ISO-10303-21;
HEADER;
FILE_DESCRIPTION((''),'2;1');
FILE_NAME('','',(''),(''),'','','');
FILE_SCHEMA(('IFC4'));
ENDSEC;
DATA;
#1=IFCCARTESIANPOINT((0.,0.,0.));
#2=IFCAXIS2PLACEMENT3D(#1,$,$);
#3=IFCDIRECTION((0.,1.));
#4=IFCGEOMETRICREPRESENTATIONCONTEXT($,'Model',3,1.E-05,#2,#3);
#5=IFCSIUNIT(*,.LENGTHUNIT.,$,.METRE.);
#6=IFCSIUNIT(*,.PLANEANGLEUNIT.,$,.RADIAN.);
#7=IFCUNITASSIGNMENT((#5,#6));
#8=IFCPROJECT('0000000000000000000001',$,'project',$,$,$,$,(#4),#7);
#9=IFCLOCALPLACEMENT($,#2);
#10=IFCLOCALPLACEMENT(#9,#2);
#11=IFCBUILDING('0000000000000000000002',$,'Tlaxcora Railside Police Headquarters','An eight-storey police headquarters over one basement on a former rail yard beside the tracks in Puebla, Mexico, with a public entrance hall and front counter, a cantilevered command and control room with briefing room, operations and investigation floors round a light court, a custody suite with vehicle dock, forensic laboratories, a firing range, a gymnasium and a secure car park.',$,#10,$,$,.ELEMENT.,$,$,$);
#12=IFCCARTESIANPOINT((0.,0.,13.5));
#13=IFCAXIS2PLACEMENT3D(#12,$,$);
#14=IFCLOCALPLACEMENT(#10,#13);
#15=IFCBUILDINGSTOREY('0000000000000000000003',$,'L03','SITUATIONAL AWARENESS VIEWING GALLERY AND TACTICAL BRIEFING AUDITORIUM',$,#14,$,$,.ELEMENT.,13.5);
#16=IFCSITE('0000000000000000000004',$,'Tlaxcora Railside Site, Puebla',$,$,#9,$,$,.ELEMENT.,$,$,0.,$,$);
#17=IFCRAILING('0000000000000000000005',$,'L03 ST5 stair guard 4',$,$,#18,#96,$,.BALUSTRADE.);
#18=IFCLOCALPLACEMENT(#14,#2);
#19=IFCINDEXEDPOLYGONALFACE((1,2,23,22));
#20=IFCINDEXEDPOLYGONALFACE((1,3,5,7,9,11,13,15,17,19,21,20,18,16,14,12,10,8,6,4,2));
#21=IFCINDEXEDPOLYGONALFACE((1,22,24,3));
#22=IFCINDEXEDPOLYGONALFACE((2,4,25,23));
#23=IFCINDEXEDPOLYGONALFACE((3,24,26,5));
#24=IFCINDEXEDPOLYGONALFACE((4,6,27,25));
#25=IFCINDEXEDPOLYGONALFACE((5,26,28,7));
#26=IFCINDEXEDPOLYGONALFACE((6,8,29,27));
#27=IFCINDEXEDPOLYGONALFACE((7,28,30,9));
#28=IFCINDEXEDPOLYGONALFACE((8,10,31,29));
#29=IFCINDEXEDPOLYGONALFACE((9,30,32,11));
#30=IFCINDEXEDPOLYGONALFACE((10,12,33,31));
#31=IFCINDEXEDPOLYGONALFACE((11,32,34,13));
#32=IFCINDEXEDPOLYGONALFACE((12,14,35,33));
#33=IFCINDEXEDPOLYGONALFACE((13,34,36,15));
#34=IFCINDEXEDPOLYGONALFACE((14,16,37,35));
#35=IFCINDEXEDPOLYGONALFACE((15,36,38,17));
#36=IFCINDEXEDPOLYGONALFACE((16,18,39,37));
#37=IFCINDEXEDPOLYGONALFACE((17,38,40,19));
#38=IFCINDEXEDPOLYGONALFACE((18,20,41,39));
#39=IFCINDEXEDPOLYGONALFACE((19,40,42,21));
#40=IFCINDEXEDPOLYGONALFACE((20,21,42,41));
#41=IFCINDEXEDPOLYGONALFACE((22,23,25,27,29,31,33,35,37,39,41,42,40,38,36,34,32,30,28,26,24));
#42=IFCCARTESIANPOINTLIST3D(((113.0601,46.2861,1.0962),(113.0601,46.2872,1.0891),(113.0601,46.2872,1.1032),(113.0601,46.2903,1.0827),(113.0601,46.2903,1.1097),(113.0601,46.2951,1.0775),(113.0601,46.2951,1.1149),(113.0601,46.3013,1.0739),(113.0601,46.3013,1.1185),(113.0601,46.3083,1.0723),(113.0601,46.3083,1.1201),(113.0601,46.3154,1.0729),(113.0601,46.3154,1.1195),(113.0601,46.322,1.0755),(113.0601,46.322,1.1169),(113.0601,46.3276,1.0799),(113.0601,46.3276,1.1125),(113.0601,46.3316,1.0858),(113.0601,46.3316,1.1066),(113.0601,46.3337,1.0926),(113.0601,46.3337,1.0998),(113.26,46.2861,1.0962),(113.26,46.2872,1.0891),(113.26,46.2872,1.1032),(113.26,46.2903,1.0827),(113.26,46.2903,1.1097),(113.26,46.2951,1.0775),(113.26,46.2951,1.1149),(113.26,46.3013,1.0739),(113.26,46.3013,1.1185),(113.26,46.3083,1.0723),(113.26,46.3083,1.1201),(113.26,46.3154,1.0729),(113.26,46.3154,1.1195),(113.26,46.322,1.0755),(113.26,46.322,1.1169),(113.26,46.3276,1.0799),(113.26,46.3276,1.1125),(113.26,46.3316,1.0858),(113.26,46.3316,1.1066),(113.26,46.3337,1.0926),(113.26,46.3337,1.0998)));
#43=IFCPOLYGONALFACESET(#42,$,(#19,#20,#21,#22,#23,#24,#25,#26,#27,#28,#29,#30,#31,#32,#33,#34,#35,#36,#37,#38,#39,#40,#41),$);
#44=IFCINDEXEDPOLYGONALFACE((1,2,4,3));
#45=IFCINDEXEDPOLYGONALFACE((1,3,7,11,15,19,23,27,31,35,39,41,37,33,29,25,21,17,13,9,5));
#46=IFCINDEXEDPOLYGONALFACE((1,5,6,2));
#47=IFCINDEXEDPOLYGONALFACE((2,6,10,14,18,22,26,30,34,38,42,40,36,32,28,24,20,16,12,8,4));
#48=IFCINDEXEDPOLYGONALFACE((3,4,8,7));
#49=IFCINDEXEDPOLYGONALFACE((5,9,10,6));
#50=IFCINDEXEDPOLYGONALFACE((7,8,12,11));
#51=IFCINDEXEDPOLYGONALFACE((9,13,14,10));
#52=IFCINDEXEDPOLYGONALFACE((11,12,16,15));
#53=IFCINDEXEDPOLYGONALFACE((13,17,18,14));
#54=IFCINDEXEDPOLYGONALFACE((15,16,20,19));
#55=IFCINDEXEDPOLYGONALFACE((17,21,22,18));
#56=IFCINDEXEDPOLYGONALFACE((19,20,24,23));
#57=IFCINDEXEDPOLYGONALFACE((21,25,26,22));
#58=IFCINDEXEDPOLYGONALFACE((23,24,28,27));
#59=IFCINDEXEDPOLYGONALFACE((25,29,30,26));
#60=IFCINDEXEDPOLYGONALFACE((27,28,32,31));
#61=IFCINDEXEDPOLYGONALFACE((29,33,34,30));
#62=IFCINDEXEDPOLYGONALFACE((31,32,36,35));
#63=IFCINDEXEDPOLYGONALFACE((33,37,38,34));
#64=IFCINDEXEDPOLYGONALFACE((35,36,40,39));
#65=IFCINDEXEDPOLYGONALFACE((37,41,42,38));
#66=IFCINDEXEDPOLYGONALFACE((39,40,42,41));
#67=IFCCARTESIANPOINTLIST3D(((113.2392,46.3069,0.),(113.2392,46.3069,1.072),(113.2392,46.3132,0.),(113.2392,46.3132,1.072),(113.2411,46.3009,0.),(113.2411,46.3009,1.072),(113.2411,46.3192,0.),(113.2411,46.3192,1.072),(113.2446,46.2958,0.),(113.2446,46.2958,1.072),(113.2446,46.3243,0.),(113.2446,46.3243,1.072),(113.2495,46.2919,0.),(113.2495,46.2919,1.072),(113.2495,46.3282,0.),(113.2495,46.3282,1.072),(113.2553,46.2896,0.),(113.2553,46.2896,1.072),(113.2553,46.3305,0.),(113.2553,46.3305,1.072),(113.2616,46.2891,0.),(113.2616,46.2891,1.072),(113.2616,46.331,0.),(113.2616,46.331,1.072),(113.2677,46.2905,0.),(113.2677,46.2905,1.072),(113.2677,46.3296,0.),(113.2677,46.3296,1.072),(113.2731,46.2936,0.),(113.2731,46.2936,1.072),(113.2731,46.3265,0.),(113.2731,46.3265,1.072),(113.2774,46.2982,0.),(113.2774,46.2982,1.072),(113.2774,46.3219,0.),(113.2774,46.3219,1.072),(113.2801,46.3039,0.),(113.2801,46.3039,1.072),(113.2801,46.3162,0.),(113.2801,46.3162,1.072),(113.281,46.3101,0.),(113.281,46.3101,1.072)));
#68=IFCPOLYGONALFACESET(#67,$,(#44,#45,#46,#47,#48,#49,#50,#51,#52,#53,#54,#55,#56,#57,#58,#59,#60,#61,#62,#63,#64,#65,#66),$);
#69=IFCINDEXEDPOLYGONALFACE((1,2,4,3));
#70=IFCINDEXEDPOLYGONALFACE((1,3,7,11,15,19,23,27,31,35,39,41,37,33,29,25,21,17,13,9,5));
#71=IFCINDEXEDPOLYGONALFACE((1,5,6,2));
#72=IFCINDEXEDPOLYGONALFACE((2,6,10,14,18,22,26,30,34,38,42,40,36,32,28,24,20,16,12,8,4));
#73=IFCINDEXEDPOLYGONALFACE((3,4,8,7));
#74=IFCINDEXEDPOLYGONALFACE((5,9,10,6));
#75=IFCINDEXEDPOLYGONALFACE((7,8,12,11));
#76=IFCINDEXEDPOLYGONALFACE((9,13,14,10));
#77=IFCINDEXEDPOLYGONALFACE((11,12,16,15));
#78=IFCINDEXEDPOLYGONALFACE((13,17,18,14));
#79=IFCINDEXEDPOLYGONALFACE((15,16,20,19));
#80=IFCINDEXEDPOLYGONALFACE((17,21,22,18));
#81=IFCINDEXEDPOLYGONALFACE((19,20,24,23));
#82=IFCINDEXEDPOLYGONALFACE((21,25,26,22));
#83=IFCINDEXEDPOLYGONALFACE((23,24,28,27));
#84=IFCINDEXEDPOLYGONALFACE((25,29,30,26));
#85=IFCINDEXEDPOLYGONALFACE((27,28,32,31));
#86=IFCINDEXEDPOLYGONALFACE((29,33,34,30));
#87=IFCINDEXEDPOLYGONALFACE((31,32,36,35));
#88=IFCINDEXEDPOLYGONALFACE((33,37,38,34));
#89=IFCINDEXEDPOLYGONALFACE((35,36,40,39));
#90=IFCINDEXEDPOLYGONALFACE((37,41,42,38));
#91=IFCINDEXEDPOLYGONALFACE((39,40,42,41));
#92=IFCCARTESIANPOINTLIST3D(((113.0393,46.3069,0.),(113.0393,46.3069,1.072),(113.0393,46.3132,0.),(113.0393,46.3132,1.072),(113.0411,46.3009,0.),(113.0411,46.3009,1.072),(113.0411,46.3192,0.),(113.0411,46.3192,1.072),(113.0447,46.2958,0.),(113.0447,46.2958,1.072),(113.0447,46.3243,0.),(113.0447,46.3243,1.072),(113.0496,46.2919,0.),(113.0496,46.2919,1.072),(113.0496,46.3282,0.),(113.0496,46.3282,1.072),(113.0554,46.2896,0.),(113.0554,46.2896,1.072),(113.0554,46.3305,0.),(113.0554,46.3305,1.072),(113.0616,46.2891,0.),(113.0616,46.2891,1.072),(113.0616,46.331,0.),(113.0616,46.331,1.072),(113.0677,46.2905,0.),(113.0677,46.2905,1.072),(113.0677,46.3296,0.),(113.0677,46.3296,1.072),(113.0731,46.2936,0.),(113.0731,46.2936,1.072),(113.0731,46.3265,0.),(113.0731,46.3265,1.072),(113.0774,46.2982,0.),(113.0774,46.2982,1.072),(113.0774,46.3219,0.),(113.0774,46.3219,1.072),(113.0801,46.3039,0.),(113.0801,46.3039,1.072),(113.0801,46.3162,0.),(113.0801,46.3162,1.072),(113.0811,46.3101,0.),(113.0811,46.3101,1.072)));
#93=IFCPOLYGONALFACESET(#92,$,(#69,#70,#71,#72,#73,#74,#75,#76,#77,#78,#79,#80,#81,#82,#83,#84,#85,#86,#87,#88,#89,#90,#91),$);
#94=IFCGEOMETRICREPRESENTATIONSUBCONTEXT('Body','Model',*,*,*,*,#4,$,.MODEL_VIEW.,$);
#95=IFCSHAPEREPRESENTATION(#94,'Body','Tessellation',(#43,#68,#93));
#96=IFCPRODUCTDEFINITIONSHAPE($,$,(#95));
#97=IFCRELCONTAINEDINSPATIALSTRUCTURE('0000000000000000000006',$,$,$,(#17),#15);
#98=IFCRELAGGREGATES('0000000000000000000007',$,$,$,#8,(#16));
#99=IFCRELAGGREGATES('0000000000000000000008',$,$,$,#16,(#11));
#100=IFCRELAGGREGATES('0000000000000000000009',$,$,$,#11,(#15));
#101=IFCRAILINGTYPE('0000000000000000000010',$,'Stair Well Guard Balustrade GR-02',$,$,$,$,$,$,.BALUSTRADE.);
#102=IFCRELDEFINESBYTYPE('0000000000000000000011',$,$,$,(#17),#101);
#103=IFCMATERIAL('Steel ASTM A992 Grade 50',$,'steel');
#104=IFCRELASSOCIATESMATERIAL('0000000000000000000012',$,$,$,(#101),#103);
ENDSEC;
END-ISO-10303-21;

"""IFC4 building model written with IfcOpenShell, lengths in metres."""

from ifc_helpers import new_model, si_unit, direction, frame, origin, origin_2d, place, context, subcontext, project, spatial, circle, extrude, material, type_object, element, save


model = new_model("IFC4")

# Units and contexts
model_context = context("Model", 3, precision=1e-05, world=origin(), true_north=direction((0.0, 1.0)))
body_context = subcontext(model_context, "Body", "Model", "MODEL_VIEW")
ifc_project = project(units=[si_unit("LENGTHUNIT", "METRE"), si_unit("PLANEANGLEUNIT", "RADIAN")], contexts=[model_context])

# Site, building, storey
site_placement = place(None, origin())
site = spatial("IfcSite", under=ifc_project, at=site_placement, Name="Tlaxcora Railside Site, Puebla", CompositionType="ELEMENT", RefElevation=0.0)
building_placement = place(site_placement, origin())
building = spatial("IfcBuilding", under=site, at=building_placement, Name="Tlaxcora Railside Police Headquarters", Description="An eight-storey police headquarters over one basement on a former rail yard beside the tracks in Puebla, Mexico, with a public entrance hall and front counter, a cantilevered command and control room with briefing room, operations and investigation floors round a light court, a custody suite with vehicle dock, forensic laboratories, a firing range, a gymnasium and a secure car park.", CompositionType="ELEMENT")
storey_placement = place(building_placement, frame((0.0, 0.0, 13.5)))
storey = spatial("IfcBuildingStorey", under=building, at=storey_placement, Name="L03", Description="SITUATIONAL AWARENESS VIEWING GALLERY AND TACTICAL BRIEFING AUDITORIUM", CompositionType="ELEMENT", Elevation=13.5)

# Shared definitions
ifc_material_1 = material(Name="Steel ASTM A992 Grade 50", Category="steel")

# Railing
railing_type_1 = type_object("IfcRailingType", Name="Stair Well Guard Balustrade GR-02", PredefinedType="BALUSTRADE", material=ifc_material_1)
railing_1_placement = place(storey_placement, frame((113.26, 46.3101, 0.0)))
element("IfcRailing", 1, at=railing_1_placement, inside=storey, type_object=railing_type_1, Name="L03 ST5 stair guard 4", PredefinedType="BALUSTRADE", context=body_context, shape_type="SweptSolid", body=[
    extrude(circle(Radius=0.0239, at=origin_2d()), frame((0.0, 0.0, 1.0962), z_axis=(-1.0, 0.0, 0.0), x_axis=(0.0, -1.0, 0.0)), (0.0, 0.0, 1.0), 0.2),
    extrude(circle(Radius=0.021, at=origin_2d()), origin(), (0.0, 0.0, 1.0), 1.072),
    extrude(circle(Radius=0.021, at=origin_2d()), frame((-0.2, 0.0, 0.0)), (0.0, 0.0, 1.0), 1.072),
])

save(model, "model.ifc")
